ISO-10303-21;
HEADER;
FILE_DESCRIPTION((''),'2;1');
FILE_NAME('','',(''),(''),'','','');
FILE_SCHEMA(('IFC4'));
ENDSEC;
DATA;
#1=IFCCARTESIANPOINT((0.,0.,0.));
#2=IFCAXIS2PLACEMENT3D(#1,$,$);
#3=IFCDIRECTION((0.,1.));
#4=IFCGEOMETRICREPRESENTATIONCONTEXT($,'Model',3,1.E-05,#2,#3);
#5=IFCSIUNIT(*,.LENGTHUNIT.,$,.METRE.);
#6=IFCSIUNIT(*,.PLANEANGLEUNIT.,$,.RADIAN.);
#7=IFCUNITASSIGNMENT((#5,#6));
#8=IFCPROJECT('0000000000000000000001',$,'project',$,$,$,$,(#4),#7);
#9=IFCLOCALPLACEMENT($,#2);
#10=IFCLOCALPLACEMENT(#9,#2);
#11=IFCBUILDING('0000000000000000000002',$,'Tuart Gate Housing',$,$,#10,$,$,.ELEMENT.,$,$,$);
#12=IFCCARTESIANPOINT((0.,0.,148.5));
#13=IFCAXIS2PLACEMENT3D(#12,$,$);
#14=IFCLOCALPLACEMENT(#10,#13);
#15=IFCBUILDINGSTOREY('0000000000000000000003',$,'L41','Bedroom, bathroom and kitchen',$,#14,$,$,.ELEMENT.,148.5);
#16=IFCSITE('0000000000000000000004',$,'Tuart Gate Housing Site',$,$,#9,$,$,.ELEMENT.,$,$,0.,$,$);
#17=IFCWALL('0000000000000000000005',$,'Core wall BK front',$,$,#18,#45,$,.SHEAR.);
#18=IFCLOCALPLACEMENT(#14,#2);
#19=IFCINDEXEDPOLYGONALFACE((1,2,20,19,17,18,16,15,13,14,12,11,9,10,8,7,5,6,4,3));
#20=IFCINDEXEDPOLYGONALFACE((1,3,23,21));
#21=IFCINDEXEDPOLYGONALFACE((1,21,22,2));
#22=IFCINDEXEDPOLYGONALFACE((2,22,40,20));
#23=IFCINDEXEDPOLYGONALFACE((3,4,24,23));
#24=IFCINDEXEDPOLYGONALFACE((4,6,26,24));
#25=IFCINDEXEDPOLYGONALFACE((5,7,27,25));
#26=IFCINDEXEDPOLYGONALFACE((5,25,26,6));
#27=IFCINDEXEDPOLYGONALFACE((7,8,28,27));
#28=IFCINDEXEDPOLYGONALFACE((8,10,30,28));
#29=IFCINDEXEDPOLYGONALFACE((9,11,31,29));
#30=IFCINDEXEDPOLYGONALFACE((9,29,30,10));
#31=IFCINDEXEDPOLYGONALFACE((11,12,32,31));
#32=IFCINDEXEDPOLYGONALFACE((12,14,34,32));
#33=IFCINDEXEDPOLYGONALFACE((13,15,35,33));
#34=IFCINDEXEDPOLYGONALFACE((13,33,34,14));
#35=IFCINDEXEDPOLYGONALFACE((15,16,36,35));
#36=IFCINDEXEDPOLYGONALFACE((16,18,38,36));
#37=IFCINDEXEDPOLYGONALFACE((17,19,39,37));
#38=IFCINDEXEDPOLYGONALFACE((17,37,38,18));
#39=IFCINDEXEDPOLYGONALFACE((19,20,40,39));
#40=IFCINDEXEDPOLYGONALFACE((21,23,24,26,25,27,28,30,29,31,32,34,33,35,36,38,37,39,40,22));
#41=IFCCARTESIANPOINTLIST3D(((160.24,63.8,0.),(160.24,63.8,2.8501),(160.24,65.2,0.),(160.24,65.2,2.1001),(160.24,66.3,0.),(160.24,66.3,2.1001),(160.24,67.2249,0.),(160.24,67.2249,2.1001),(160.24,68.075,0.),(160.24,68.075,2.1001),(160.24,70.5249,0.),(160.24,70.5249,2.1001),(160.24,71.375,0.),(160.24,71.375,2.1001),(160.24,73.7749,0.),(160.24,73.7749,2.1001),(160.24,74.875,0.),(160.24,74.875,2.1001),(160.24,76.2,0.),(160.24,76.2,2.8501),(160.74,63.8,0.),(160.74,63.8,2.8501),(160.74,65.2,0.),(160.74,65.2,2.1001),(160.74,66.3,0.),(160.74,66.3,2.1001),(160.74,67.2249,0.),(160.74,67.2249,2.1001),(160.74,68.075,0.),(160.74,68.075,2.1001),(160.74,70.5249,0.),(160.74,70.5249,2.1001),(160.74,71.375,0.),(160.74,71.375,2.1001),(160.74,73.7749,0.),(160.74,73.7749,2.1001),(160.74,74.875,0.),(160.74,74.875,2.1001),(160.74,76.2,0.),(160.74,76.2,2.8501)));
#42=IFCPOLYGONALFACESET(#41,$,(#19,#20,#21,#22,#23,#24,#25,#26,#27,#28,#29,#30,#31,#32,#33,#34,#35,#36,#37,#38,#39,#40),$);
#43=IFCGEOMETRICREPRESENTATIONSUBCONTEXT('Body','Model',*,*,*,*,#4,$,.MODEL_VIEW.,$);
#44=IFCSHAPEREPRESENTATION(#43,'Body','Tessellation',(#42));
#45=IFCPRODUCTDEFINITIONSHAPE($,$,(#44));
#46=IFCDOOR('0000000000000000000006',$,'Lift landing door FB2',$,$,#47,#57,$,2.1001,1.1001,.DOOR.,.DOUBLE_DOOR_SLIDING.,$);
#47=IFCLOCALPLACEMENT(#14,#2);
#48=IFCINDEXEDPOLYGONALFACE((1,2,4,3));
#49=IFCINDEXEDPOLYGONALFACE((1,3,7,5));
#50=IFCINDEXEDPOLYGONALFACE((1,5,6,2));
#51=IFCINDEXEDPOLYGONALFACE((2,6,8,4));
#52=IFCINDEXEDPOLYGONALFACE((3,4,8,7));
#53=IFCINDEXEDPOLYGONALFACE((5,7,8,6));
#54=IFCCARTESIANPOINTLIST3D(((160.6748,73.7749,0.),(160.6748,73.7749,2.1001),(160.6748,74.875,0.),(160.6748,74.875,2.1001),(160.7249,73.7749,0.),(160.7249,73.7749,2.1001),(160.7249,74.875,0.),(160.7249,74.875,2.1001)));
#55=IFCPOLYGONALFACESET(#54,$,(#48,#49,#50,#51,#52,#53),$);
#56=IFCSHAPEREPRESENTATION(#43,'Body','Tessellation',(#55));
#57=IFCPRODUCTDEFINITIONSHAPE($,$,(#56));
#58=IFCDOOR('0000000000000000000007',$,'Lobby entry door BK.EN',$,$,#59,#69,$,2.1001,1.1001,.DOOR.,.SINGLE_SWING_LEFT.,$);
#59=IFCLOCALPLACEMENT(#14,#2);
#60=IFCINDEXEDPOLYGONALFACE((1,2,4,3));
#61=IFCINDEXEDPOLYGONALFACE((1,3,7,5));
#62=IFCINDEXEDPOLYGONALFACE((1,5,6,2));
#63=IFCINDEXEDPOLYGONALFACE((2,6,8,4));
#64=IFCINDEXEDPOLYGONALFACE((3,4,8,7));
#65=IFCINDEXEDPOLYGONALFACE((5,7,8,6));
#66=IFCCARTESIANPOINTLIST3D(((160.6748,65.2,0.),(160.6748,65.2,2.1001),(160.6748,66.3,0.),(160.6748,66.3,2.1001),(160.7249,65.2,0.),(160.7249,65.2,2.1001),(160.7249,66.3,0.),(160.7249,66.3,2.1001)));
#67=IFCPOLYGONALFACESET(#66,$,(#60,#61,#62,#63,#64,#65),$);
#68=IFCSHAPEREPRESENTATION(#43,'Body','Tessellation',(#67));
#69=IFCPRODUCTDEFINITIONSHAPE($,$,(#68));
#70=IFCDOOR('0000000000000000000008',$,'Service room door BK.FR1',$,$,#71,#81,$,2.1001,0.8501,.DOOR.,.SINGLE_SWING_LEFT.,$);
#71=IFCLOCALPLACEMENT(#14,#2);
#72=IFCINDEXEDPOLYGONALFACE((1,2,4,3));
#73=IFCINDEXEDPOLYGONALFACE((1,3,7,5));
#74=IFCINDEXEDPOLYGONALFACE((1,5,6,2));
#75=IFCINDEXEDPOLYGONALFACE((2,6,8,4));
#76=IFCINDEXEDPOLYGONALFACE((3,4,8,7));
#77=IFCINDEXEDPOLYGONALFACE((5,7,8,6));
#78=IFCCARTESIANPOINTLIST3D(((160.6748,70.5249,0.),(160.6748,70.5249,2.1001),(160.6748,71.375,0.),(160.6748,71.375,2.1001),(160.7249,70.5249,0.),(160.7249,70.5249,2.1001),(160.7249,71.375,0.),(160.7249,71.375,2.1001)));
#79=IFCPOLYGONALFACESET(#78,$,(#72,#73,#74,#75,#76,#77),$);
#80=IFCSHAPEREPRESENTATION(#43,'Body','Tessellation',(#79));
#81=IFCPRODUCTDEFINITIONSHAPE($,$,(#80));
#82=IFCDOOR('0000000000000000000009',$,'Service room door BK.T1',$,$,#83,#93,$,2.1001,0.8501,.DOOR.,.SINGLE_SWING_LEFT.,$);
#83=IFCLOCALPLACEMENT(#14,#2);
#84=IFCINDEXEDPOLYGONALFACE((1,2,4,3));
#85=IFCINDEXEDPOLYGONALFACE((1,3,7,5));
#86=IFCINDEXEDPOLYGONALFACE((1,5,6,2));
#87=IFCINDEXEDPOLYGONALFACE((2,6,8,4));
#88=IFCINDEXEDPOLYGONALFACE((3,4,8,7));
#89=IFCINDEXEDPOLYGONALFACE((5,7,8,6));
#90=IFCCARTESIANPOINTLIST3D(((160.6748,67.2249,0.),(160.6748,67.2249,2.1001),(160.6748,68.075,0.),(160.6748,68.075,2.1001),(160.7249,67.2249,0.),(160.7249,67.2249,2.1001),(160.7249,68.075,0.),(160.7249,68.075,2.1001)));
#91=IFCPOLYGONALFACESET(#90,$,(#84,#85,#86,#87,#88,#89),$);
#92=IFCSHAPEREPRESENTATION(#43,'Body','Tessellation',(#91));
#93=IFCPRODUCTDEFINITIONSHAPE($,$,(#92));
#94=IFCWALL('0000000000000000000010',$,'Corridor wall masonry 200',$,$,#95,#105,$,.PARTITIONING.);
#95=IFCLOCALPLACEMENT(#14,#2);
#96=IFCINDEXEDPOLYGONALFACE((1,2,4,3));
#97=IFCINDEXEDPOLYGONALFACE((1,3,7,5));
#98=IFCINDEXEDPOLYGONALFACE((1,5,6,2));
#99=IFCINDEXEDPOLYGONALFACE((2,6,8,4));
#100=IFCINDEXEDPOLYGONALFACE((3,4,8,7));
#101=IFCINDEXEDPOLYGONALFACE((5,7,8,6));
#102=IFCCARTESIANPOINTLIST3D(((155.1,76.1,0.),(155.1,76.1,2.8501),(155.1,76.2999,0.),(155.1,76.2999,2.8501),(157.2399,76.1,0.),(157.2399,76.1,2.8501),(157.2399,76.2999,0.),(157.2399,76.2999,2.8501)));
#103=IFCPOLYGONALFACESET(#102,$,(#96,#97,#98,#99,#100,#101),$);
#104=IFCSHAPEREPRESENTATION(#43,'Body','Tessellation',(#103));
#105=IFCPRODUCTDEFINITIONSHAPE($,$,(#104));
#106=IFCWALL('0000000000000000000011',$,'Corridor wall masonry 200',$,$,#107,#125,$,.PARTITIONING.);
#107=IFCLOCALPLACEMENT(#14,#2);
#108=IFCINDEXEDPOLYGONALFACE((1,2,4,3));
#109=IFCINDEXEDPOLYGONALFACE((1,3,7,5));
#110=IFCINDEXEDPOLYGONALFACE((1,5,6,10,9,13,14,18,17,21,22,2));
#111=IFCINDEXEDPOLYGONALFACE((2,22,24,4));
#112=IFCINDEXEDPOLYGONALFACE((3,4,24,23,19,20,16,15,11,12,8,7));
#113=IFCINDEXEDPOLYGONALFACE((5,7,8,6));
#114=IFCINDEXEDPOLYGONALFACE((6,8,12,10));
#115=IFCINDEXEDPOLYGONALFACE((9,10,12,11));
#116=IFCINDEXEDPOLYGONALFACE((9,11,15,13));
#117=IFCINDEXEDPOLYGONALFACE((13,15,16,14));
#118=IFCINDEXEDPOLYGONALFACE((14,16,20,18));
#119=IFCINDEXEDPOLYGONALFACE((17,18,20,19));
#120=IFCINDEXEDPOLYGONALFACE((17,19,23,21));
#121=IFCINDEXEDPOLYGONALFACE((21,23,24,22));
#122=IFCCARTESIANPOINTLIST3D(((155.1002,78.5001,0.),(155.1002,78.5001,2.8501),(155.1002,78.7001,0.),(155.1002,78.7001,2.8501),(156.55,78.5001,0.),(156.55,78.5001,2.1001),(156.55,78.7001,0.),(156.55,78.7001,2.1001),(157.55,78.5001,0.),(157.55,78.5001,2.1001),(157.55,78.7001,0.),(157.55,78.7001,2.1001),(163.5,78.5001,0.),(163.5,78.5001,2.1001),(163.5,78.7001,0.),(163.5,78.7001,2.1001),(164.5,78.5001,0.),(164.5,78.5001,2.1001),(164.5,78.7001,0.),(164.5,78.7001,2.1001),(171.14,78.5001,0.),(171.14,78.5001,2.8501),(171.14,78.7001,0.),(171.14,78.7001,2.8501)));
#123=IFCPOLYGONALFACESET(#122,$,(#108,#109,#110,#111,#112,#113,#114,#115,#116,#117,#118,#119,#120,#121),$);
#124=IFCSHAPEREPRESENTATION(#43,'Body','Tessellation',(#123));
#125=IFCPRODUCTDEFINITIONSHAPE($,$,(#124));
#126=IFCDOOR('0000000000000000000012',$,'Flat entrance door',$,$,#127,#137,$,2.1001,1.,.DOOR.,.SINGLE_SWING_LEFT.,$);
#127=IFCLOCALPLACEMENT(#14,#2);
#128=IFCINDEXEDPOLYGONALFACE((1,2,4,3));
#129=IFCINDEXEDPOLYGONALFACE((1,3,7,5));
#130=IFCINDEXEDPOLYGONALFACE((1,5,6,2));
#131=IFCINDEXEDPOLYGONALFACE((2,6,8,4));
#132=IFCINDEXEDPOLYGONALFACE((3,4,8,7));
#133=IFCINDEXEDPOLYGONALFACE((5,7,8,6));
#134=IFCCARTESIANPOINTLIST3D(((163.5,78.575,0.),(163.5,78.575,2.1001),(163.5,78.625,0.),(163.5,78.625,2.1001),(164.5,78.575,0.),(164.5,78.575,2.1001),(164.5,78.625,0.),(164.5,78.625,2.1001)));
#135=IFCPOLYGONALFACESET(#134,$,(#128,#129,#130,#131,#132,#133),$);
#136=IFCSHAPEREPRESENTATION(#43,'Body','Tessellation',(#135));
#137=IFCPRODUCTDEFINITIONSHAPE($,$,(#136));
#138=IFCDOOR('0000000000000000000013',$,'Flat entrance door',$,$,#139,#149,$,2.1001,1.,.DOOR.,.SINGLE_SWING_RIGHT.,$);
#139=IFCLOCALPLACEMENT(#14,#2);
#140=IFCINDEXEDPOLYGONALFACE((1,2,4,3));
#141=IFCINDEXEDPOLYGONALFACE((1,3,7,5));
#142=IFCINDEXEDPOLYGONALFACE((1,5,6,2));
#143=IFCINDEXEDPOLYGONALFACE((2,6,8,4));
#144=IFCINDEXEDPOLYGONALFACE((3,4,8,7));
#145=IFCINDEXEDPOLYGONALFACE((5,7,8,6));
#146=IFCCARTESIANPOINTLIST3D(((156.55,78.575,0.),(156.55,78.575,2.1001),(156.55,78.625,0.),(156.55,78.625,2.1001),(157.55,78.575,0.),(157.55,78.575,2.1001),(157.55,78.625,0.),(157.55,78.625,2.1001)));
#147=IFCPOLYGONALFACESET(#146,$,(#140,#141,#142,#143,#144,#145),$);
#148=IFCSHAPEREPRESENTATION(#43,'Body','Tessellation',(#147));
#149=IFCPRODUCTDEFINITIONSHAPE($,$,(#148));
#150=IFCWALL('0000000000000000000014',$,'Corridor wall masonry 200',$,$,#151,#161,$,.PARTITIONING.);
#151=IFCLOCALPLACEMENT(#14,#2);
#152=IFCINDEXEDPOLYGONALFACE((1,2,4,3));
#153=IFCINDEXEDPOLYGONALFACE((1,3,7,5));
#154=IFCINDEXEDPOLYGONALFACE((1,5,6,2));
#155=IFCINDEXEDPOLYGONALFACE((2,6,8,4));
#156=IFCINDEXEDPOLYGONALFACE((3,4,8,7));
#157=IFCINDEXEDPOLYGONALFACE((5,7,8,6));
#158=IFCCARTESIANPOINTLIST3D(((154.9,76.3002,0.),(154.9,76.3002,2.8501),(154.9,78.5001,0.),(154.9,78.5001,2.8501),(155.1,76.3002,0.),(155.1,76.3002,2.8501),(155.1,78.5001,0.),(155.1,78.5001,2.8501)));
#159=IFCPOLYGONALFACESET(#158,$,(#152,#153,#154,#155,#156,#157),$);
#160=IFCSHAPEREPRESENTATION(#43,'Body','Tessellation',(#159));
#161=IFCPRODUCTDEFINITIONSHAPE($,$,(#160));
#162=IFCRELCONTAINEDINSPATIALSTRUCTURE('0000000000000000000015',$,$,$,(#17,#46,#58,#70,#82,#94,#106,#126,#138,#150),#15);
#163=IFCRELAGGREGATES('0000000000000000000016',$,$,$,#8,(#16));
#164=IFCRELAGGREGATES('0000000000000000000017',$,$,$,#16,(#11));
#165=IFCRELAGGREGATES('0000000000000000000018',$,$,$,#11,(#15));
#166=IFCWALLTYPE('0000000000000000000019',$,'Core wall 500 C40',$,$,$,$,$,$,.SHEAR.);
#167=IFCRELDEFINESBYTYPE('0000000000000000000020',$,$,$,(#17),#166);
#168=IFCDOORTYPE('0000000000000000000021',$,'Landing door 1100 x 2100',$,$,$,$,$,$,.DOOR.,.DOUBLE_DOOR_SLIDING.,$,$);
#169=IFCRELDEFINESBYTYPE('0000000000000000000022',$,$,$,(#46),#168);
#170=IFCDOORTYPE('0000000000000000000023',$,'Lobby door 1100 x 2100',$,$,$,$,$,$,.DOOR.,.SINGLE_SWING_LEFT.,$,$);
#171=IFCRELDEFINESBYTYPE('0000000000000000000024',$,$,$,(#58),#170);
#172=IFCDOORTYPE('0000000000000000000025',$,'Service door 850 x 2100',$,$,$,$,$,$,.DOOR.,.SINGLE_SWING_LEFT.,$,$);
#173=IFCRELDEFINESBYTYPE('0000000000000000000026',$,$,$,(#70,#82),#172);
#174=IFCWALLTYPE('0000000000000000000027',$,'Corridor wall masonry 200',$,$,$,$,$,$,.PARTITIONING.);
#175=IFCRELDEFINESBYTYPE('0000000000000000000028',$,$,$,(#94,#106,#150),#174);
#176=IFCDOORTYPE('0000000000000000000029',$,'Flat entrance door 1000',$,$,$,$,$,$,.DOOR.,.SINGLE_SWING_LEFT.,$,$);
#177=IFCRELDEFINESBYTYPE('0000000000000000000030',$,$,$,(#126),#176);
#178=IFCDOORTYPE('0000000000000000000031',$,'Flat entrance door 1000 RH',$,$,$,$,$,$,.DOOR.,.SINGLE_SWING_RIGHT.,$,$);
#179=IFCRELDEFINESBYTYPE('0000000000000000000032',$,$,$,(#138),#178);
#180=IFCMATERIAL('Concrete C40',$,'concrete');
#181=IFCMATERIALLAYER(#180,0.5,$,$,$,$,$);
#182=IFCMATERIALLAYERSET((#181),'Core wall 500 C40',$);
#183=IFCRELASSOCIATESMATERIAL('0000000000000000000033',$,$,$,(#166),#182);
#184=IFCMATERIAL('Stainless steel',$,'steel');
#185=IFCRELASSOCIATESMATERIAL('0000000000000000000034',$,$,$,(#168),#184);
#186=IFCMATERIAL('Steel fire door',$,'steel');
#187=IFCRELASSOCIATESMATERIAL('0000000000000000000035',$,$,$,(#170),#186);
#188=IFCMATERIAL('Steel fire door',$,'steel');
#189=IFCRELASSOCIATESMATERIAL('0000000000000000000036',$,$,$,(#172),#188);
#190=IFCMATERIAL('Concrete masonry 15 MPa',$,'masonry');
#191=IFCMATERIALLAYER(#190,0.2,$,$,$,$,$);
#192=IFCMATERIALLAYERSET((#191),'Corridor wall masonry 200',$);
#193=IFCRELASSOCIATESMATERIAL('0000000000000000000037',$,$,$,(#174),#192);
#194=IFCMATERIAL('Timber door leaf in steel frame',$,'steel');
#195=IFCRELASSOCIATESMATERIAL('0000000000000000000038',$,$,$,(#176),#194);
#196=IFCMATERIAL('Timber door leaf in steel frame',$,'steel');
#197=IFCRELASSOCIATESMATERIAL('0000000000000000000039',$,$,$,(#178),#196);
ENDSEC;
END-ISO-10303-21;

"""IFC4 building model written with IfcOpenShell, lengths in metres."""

from ifc_helpers import new_model, si_unit, direction, frame, frame_2d, origin, place, context, subcontext, project, spatial, rectangle, extrude, material, layer, layer_set, type_object, element, fill, save


model = new_model("IFC4")

# Units and contexts
model_context = context("Model", 3, precision=1e-05, world=origin(), true_north=direction((0.0, 1.0)))
body_context = subcontext(model_context, "Body", "Model", "MODEL_VIEW")
ifc_project = project(units=[si_unit("LENGTHUNIT", "METRE"), si_unit("PLANEANGLEUNIT", "RADIAN")], contexts=[model_context])

# Site, building, storey
site_placement = place(None, origin())
site = spatial("IfcSite", under=ifc_project, at=site_placement, Name="Tuart Gate Housing Site", CompositionType="ELEMENT", RefElevation=0.0)
building_placement = place(site_placement, origin())
building = spatial("IfcBuilding", under=site, at=building_placement, Name="Tuart Gate Housing", CompositionType="ELEMENT")
storey_placement = place(building_placement, frame((0.0, 0.0, 148.5)))
storey = spatial("IfcBuildingStorey", under=building, at=storey_placement, Name="L41", Description="Bedroom, bathroom and kitchen", CompositionType="ELEMENT", Elevation=148.5)

# Wall, openings, doors
ifc_material_1 = material(Name="Concrete C40", Category="concrete")
ifc_layer_1 = layer(ifc_material_1, 0.5)
ifc_layer_set_1 = layer_set([ifc_layer_1], Name="Core wall 500 C40")
wall_type_1 = type_object("IfcWallType", Name="Core wall 500 C40", PredefinedType="SHEAR", material=ifc_layer_set_1)
wall_1_placement = place(storey_placement, frame((160.49, 76.2, 0.0), z_axis=(0.0, 0.0, 1.0), x_axis=(0.0, -1.0, 0.0)))
wall_1 = element("IfcWall", 1, at=wall_1_placement, inside=storey, type_object=wall_type_1, Name="Core wall BK front", PredefinedType="SHEAR", context=body_context, shape_type="SweptSolid", body=[
    extrude(rectangle(XDim=12.3999, YDim=0.5, at=frame_2d((6.2, 0.0))), origin(), (0.0, 0.0, 1.0), 2.8501),
])
opening_1_placement = place(wall_1_placement, frame((1.325, 0.0, 0.0)))
opening_1 = element("IfcOpeningElement", 2, at=opening_1_placement, cuts=wall_1, PredefinedType="OPENING", context=body_context, shape_type="SweptSolid", body=[
    extrude(rectangle(XDim=1.1001, YDim=2.1001, at=frame_2d((0.55, 1.05))), frame((0.0, 0.26, 0.0), z_axis=(0.0, -1.0, 0.0), x_axis=(1.0, 0.0, 0.0)), (0.0, 0.0, 1.0), 0.52),
])
opening_2_placement = place(wall_1_placement, frame((4.825, 0.0, 0.0)))
opening_2 = element("IfcOpeningElement", 3, at=opening_2_placement, cuts=wall_1, PredefinedType="OPENING", context=body_context, shape_type="SweptSolid", body=[
    extrude(rectangle(XDim=0.8501, YDim=2.1001, at=frame_2d((0.425, 1.05))), frame((0.0, 0.26, 0.0), z_axis=(0.0, -1.0, 0.0), x_axis=(1.0, 0.0, 0.0)), (0.0, 0.0, 1.0), 0.52),
])
opening_3_placement = place(wall_1_placement, frame((9.8999, 0.0, 0.0)))
opening_3 = element("IfcOpeningElement", 4, at=opening_3_placement, cuts=wall_1, PredefinedType="OPENING", context=body_context, shape_type="SweptSolid", body=[
    extrude(rectangle(XDim=1.1001, YDim=2.1001, at=frame_2d((0.55, 1.05))), frame((0.0, 0.26, 0.0), z_axis=(0.0, -1.0, 0.0), x_axis=(1.0, 0.0, 0.0)), (0.0, 0.0, 1.0), 0.52),
])
opening_4_placement = place(wall_1_placement, frame((8.125, 0.0, 0.0)))
opening_4 = element("IfcOpeningElement", 5, at=opening_4_placement, cuts=wall_1, PredefinedType="OPENING", context=body_context, shape_type="SweptSolid", body=[
    extrude(rectangle(XDim=0.8501, YDim=2.1001, at=frame_2d((0.425, 1.05))), frame((0.0, 0.26, 0.0), z_axis=(0.0, -1.0, 0.0), x_axis=(1.0, 0.0, 0.0)), (0.0, 0.0, 1.0), 0.52),
])
ifc_material_2 = material(Name="Stainless steel", Category="steel")
door_type_1 = type_object("IfcDoorType", Name="Landing door 1100 x 2100", OperationType="DOUBLE_DOOR_SLIDING", PredefinedType="DOOR", material=ifc_material_2)
door_1_placement = place(opening_1_placement, origin())
door_1 = element("IfcDoor", 6, at=door_1_placement, inside=storey, type_object=door_type_1, Name="Lift landing door FB2", OperationType="DOUBLE_DOOR_SLIDING", OverallHeight=2.1001, OverallWidth=1.1001, PredefinedType="DOOR", context=body_context, shape_type="SweptSolid", body=[
    extrude(rectangle(XDim=1.1001, YDim=2.1001, at=frame_2d((0.55, 1.05))), frame((0.0, 0.2349, 0.0), z_axis=(0.0, -1.0, 0.0), x_axis=(1.0, 0.0, 0.0)), (0.0, 0.0, 1.0), 0.05),
])
fill(opening_1, door_1)
ifc_material_3 = material(Name="Steel fire door", Category="steel")
door_type_2 = type_object("IfcDoorType", Name="Lobby door 1100 x 2100", OperationType="SINGLE_SWING_LEFT", PredefinedType="DOOR", material=ifc_material_3)
door_2_placement = place(opening_3_placement, origin())
door_2 = element("IfcDoor", 7, at=door_2_placement, inside=storey, type_object=door_type_2, Name="Lobby entry door BK.EN", OperationType="SINGLE_SWING_LEFT", OverallHeight=2.1001, OverallWidth=1.1001, PredefinedType="DOOR", context=body_context, shape_type="SweptSolid", body=[
    extrude(rectangle(XDim=1.1001, YDim=2.1001, at=frame_2d((0.55, 1.05))), frame((0.0, 0.2349, 0.0), z_axis=(0.0, -1.0, 0.0), x_axis=(1.0, 0.0, 0.0)), (0.0, 0.0, 1.0), 0.05),
])
fill(opening_3, door_2)
ifc_material_4 = material(Name="Steel fire door", Category="steel")
door_type_3 = type_object("IfcDoorType", Name="Service door 850 x 2100", OperationType="SINGLE_SWING_LEFT", PredefinedType="DOOR", material=ifc_material_4)
door_3_placement = place(opening_2_placement, origin())
door_3 = element("IfcDoor", 8, at=door_3_placement, inside=storey, type_object=door_type_3, Name="Service room door BK.FR1", OperationType="SINGLE_SWING_LEFT", OverallHeight=2.1001, OverallWidth=0.8501, PredefinedType="DOOR", context=body_context, shape_type="SweptSolid", body=[
    extrude(rectangle(XDim=0.8501, YDim=2.1001, at=frame_2d((0.425, 1.05))), frame((0.0, 0.2349, 0.0), z_axis=(0.0, -1.0, 0.0), x_axis=(1.0, 0.0, 0.0)), (0.0, 0.0, 1.0), 0.05),
])
fill(opening_2, door_3)
door_4_placement = place(opening_4_placement, origin())
door_4 = element("IfcDoor", 9, at=door_4_placement, inside=storey, type_object=door_type_3, Name="Service room door BK.T1", OperationType="SINGLE_SWING_LEFT", OverallHeight=2.1001, OverallWidth=0.8501, PredefinedType="DOOR", context=body_context, shape_type="SweptSolid", body=[
    extrude(rectangle(XDim=0.8501, YDim=2.1001, at=frame_2d((0.425, 1.05))), frame((0.0, 0.2349, 0.0), z_axis=(0.0, -1.0, 0.0), x_axis=(1.0, 0.0, 0.0)), (0.0, 0.0, 1.0), 0.05),
])
fill(opening_4, door_4)

# Wall
ifc_material_5 = material(Name="Concrete masonry 15 MPa", Category="masonry")
ifc_layer_2 = layer(ifc_material_5, 0.2)
ifc_layer_set_2 = layer_set([ifc_layer_2], Name="Corridor wall masonry 200")
wall_type_2 = type_object("IfcWallType", Name="Corridor wall masonry 200", PredefinedType="PARTITIONING", material=ifc_layer_set_2)
wall_2_placement = place(storey_placement, frame((155.1001, 76.2, 0.0), z_axis=(0.0, 0.0, 1.0), x_axis=(1.0, 0.0, 0.0)))
element("IfcWall", 10, at=wall_2_placement, inside=storey, type_object=wall_type_2, Name="Corridor wall masonry 200", PredefinedType="PARTITIONING", context=body_context, shape_type="SweptSolid", body=[
    extrude(rectangle(XDim=2.1399, YDim=0.2, at=frame_2d((1.0698, 0.0))), origin(), (0.0, 0.0, 1.0), 2.8501),
])

# Wall, openings, doors
wall_3_placement = place(storey_placement, frame((155.1001, 78.6001, 0.0), z_axis=(0.0, 0.0, 1.0), x_axis=(1.0, 0.0, 0.0)))
wall_3 = element("IfcWall", 11, at=wall_3_placement, inside=storey, type_object=wall_type_2, Name="Corridor wall masonry 200", PredefinedType="PARTITIONING", context=body_context, shape_type="SweptSolid", body=[
    extrude(rectangle(XDim=16.0398, YDim=0.2, at=frame_2d((8.02, 0.0))), origin(), (0.0, 0.0, 1.0), 2.8501),
])
opening_5_placement = place(wall_3_placement, frame((1.45, 0.0, 0.0)))
opening_5 = element("IfcOpeningElement", 12, at=opening_5_placement, cuts=wall_3, PredefinedType="OPENING", context=body_context, shape_type="SweptSolid", body=[
    extrude(rectangle(XDim=1.0, YDim=2.1001, at=frame_2d((0.5, 1.05))), frame((0.0, 0.1099, 0.0), z_axis=(0.0, -1.0, 0.0), x_axis=(1.0, 0.0, 0.0)), (0.0, 0.0, 1.0), 0.22),
])
opening_6_placement = place(wall_3_placement, frame((8.3999, 0.0, 0.0)))
opening_6 = element("IfcOpeningElement", 13, at=opening_6_placement, cuts=wall_3, PredefinedType="OPENING", context=body_context, shape_type="SweptSolid", body=[
    extrude(rectangle(XDim=1.0, YDim=2.1001, at=frame_2d((0.5, 1.05))), frame((0.0, 0.1099, 0.0), z_axis=(0.0, -1.0, 0.0), x_axis=(1.0, 0.0, 0.0)), (0.0, 0.0, 1.0), 0.22),
])
ifc_material_6 = material(Name="Timber door leaf in steel frame", Category="steel")
door_type_4 = type_object("IfcDoorType", Name="Flat entrance door 1000", OperationType="SINGLE_SWING_LEFT", PredefinedType="DOOR", material=ifc_material_6)
door_5_placement = place(opening_6_placement, origin())
door_5 = element("IfcDoor", 14, at=door_5_placement, inside=storey, type_object=door_type_4, Name="Flat entrance door", OperationType="SINGLE_SWING_LEFT", OverallHeight=2.1001, OverallWidth=1.0, PredefinedType="DOOR", context=body_context, shape_type="SweptSolid", body=[
    extrude(rectangle(XDim=1.0, YDim=2.1001, at=frame_2d((0.5, 1.05))), frame((0.0, 0.0249, 0.0), z_axis=(0.0, -1.0, 0.0), x_axis=(1.0, 0.0, 0.0)), (0.0, 0.0, 1.0), 0.05),
])
fill(opening_6, door_5)
ifc_material_7 = material(Name="Timber door leaf in steel frame", Category="steel")
door_type_5 = type_object("IfcDoorType", Name="Flat entrance door 1000 RH", OperationType="SINGLE_SWING_RIGHT", PredefinedType="DOOR", material=ifc_material_7)
door_6_placement = place(opening_5_placement, origin())
door_6 = element("IfcDoor", 15, at=door_6_placement, inside=storey, type_object=door_type_5, Name="Flat entrance door", OperationType="SINGLE_SWING_RIGHT", OverallHeight=2.1001, OverallWidth=1.0, PredefinedType="DOOR", context=body_context, shape_type="SweptSolid", body=[
    extrude(rectangle(XDim=1.0, YDim=2.1001, at=frame_2d((0.5, 1.05))), frame((0.0, 0.0249, 0.0), z_axis=(0.0, -1.0, 0.0), x_axis=(1.0, 0.0, 0.0)), (0.0, 0.0, 1.0), 0.05),
])
fill(opening_5, door_6)

# Wall
wall_4_placement = place(storey_placement, frame((155.0, 76.3, 0.0), z_axis=(0.0, 0.0, 1.0), x_axis=(0.0, 1.0, 0.0)))
element("IfcWall", 16, at=wall_4_placement, inside=storey, type_object=wall_type_2, Name="Corridor wall masonry 200", PredefinedType="PARTITIONING", context=body_context, shape_type="SweptSolid", body=[
    extrude(rectangle(XDim=2.2, YDim=0.2, at=frame_2d((1.1001, 0.0))), origin(), (0.0, 0.0, 1.0), 2.8501),
])

save(model, "model.ifc")
